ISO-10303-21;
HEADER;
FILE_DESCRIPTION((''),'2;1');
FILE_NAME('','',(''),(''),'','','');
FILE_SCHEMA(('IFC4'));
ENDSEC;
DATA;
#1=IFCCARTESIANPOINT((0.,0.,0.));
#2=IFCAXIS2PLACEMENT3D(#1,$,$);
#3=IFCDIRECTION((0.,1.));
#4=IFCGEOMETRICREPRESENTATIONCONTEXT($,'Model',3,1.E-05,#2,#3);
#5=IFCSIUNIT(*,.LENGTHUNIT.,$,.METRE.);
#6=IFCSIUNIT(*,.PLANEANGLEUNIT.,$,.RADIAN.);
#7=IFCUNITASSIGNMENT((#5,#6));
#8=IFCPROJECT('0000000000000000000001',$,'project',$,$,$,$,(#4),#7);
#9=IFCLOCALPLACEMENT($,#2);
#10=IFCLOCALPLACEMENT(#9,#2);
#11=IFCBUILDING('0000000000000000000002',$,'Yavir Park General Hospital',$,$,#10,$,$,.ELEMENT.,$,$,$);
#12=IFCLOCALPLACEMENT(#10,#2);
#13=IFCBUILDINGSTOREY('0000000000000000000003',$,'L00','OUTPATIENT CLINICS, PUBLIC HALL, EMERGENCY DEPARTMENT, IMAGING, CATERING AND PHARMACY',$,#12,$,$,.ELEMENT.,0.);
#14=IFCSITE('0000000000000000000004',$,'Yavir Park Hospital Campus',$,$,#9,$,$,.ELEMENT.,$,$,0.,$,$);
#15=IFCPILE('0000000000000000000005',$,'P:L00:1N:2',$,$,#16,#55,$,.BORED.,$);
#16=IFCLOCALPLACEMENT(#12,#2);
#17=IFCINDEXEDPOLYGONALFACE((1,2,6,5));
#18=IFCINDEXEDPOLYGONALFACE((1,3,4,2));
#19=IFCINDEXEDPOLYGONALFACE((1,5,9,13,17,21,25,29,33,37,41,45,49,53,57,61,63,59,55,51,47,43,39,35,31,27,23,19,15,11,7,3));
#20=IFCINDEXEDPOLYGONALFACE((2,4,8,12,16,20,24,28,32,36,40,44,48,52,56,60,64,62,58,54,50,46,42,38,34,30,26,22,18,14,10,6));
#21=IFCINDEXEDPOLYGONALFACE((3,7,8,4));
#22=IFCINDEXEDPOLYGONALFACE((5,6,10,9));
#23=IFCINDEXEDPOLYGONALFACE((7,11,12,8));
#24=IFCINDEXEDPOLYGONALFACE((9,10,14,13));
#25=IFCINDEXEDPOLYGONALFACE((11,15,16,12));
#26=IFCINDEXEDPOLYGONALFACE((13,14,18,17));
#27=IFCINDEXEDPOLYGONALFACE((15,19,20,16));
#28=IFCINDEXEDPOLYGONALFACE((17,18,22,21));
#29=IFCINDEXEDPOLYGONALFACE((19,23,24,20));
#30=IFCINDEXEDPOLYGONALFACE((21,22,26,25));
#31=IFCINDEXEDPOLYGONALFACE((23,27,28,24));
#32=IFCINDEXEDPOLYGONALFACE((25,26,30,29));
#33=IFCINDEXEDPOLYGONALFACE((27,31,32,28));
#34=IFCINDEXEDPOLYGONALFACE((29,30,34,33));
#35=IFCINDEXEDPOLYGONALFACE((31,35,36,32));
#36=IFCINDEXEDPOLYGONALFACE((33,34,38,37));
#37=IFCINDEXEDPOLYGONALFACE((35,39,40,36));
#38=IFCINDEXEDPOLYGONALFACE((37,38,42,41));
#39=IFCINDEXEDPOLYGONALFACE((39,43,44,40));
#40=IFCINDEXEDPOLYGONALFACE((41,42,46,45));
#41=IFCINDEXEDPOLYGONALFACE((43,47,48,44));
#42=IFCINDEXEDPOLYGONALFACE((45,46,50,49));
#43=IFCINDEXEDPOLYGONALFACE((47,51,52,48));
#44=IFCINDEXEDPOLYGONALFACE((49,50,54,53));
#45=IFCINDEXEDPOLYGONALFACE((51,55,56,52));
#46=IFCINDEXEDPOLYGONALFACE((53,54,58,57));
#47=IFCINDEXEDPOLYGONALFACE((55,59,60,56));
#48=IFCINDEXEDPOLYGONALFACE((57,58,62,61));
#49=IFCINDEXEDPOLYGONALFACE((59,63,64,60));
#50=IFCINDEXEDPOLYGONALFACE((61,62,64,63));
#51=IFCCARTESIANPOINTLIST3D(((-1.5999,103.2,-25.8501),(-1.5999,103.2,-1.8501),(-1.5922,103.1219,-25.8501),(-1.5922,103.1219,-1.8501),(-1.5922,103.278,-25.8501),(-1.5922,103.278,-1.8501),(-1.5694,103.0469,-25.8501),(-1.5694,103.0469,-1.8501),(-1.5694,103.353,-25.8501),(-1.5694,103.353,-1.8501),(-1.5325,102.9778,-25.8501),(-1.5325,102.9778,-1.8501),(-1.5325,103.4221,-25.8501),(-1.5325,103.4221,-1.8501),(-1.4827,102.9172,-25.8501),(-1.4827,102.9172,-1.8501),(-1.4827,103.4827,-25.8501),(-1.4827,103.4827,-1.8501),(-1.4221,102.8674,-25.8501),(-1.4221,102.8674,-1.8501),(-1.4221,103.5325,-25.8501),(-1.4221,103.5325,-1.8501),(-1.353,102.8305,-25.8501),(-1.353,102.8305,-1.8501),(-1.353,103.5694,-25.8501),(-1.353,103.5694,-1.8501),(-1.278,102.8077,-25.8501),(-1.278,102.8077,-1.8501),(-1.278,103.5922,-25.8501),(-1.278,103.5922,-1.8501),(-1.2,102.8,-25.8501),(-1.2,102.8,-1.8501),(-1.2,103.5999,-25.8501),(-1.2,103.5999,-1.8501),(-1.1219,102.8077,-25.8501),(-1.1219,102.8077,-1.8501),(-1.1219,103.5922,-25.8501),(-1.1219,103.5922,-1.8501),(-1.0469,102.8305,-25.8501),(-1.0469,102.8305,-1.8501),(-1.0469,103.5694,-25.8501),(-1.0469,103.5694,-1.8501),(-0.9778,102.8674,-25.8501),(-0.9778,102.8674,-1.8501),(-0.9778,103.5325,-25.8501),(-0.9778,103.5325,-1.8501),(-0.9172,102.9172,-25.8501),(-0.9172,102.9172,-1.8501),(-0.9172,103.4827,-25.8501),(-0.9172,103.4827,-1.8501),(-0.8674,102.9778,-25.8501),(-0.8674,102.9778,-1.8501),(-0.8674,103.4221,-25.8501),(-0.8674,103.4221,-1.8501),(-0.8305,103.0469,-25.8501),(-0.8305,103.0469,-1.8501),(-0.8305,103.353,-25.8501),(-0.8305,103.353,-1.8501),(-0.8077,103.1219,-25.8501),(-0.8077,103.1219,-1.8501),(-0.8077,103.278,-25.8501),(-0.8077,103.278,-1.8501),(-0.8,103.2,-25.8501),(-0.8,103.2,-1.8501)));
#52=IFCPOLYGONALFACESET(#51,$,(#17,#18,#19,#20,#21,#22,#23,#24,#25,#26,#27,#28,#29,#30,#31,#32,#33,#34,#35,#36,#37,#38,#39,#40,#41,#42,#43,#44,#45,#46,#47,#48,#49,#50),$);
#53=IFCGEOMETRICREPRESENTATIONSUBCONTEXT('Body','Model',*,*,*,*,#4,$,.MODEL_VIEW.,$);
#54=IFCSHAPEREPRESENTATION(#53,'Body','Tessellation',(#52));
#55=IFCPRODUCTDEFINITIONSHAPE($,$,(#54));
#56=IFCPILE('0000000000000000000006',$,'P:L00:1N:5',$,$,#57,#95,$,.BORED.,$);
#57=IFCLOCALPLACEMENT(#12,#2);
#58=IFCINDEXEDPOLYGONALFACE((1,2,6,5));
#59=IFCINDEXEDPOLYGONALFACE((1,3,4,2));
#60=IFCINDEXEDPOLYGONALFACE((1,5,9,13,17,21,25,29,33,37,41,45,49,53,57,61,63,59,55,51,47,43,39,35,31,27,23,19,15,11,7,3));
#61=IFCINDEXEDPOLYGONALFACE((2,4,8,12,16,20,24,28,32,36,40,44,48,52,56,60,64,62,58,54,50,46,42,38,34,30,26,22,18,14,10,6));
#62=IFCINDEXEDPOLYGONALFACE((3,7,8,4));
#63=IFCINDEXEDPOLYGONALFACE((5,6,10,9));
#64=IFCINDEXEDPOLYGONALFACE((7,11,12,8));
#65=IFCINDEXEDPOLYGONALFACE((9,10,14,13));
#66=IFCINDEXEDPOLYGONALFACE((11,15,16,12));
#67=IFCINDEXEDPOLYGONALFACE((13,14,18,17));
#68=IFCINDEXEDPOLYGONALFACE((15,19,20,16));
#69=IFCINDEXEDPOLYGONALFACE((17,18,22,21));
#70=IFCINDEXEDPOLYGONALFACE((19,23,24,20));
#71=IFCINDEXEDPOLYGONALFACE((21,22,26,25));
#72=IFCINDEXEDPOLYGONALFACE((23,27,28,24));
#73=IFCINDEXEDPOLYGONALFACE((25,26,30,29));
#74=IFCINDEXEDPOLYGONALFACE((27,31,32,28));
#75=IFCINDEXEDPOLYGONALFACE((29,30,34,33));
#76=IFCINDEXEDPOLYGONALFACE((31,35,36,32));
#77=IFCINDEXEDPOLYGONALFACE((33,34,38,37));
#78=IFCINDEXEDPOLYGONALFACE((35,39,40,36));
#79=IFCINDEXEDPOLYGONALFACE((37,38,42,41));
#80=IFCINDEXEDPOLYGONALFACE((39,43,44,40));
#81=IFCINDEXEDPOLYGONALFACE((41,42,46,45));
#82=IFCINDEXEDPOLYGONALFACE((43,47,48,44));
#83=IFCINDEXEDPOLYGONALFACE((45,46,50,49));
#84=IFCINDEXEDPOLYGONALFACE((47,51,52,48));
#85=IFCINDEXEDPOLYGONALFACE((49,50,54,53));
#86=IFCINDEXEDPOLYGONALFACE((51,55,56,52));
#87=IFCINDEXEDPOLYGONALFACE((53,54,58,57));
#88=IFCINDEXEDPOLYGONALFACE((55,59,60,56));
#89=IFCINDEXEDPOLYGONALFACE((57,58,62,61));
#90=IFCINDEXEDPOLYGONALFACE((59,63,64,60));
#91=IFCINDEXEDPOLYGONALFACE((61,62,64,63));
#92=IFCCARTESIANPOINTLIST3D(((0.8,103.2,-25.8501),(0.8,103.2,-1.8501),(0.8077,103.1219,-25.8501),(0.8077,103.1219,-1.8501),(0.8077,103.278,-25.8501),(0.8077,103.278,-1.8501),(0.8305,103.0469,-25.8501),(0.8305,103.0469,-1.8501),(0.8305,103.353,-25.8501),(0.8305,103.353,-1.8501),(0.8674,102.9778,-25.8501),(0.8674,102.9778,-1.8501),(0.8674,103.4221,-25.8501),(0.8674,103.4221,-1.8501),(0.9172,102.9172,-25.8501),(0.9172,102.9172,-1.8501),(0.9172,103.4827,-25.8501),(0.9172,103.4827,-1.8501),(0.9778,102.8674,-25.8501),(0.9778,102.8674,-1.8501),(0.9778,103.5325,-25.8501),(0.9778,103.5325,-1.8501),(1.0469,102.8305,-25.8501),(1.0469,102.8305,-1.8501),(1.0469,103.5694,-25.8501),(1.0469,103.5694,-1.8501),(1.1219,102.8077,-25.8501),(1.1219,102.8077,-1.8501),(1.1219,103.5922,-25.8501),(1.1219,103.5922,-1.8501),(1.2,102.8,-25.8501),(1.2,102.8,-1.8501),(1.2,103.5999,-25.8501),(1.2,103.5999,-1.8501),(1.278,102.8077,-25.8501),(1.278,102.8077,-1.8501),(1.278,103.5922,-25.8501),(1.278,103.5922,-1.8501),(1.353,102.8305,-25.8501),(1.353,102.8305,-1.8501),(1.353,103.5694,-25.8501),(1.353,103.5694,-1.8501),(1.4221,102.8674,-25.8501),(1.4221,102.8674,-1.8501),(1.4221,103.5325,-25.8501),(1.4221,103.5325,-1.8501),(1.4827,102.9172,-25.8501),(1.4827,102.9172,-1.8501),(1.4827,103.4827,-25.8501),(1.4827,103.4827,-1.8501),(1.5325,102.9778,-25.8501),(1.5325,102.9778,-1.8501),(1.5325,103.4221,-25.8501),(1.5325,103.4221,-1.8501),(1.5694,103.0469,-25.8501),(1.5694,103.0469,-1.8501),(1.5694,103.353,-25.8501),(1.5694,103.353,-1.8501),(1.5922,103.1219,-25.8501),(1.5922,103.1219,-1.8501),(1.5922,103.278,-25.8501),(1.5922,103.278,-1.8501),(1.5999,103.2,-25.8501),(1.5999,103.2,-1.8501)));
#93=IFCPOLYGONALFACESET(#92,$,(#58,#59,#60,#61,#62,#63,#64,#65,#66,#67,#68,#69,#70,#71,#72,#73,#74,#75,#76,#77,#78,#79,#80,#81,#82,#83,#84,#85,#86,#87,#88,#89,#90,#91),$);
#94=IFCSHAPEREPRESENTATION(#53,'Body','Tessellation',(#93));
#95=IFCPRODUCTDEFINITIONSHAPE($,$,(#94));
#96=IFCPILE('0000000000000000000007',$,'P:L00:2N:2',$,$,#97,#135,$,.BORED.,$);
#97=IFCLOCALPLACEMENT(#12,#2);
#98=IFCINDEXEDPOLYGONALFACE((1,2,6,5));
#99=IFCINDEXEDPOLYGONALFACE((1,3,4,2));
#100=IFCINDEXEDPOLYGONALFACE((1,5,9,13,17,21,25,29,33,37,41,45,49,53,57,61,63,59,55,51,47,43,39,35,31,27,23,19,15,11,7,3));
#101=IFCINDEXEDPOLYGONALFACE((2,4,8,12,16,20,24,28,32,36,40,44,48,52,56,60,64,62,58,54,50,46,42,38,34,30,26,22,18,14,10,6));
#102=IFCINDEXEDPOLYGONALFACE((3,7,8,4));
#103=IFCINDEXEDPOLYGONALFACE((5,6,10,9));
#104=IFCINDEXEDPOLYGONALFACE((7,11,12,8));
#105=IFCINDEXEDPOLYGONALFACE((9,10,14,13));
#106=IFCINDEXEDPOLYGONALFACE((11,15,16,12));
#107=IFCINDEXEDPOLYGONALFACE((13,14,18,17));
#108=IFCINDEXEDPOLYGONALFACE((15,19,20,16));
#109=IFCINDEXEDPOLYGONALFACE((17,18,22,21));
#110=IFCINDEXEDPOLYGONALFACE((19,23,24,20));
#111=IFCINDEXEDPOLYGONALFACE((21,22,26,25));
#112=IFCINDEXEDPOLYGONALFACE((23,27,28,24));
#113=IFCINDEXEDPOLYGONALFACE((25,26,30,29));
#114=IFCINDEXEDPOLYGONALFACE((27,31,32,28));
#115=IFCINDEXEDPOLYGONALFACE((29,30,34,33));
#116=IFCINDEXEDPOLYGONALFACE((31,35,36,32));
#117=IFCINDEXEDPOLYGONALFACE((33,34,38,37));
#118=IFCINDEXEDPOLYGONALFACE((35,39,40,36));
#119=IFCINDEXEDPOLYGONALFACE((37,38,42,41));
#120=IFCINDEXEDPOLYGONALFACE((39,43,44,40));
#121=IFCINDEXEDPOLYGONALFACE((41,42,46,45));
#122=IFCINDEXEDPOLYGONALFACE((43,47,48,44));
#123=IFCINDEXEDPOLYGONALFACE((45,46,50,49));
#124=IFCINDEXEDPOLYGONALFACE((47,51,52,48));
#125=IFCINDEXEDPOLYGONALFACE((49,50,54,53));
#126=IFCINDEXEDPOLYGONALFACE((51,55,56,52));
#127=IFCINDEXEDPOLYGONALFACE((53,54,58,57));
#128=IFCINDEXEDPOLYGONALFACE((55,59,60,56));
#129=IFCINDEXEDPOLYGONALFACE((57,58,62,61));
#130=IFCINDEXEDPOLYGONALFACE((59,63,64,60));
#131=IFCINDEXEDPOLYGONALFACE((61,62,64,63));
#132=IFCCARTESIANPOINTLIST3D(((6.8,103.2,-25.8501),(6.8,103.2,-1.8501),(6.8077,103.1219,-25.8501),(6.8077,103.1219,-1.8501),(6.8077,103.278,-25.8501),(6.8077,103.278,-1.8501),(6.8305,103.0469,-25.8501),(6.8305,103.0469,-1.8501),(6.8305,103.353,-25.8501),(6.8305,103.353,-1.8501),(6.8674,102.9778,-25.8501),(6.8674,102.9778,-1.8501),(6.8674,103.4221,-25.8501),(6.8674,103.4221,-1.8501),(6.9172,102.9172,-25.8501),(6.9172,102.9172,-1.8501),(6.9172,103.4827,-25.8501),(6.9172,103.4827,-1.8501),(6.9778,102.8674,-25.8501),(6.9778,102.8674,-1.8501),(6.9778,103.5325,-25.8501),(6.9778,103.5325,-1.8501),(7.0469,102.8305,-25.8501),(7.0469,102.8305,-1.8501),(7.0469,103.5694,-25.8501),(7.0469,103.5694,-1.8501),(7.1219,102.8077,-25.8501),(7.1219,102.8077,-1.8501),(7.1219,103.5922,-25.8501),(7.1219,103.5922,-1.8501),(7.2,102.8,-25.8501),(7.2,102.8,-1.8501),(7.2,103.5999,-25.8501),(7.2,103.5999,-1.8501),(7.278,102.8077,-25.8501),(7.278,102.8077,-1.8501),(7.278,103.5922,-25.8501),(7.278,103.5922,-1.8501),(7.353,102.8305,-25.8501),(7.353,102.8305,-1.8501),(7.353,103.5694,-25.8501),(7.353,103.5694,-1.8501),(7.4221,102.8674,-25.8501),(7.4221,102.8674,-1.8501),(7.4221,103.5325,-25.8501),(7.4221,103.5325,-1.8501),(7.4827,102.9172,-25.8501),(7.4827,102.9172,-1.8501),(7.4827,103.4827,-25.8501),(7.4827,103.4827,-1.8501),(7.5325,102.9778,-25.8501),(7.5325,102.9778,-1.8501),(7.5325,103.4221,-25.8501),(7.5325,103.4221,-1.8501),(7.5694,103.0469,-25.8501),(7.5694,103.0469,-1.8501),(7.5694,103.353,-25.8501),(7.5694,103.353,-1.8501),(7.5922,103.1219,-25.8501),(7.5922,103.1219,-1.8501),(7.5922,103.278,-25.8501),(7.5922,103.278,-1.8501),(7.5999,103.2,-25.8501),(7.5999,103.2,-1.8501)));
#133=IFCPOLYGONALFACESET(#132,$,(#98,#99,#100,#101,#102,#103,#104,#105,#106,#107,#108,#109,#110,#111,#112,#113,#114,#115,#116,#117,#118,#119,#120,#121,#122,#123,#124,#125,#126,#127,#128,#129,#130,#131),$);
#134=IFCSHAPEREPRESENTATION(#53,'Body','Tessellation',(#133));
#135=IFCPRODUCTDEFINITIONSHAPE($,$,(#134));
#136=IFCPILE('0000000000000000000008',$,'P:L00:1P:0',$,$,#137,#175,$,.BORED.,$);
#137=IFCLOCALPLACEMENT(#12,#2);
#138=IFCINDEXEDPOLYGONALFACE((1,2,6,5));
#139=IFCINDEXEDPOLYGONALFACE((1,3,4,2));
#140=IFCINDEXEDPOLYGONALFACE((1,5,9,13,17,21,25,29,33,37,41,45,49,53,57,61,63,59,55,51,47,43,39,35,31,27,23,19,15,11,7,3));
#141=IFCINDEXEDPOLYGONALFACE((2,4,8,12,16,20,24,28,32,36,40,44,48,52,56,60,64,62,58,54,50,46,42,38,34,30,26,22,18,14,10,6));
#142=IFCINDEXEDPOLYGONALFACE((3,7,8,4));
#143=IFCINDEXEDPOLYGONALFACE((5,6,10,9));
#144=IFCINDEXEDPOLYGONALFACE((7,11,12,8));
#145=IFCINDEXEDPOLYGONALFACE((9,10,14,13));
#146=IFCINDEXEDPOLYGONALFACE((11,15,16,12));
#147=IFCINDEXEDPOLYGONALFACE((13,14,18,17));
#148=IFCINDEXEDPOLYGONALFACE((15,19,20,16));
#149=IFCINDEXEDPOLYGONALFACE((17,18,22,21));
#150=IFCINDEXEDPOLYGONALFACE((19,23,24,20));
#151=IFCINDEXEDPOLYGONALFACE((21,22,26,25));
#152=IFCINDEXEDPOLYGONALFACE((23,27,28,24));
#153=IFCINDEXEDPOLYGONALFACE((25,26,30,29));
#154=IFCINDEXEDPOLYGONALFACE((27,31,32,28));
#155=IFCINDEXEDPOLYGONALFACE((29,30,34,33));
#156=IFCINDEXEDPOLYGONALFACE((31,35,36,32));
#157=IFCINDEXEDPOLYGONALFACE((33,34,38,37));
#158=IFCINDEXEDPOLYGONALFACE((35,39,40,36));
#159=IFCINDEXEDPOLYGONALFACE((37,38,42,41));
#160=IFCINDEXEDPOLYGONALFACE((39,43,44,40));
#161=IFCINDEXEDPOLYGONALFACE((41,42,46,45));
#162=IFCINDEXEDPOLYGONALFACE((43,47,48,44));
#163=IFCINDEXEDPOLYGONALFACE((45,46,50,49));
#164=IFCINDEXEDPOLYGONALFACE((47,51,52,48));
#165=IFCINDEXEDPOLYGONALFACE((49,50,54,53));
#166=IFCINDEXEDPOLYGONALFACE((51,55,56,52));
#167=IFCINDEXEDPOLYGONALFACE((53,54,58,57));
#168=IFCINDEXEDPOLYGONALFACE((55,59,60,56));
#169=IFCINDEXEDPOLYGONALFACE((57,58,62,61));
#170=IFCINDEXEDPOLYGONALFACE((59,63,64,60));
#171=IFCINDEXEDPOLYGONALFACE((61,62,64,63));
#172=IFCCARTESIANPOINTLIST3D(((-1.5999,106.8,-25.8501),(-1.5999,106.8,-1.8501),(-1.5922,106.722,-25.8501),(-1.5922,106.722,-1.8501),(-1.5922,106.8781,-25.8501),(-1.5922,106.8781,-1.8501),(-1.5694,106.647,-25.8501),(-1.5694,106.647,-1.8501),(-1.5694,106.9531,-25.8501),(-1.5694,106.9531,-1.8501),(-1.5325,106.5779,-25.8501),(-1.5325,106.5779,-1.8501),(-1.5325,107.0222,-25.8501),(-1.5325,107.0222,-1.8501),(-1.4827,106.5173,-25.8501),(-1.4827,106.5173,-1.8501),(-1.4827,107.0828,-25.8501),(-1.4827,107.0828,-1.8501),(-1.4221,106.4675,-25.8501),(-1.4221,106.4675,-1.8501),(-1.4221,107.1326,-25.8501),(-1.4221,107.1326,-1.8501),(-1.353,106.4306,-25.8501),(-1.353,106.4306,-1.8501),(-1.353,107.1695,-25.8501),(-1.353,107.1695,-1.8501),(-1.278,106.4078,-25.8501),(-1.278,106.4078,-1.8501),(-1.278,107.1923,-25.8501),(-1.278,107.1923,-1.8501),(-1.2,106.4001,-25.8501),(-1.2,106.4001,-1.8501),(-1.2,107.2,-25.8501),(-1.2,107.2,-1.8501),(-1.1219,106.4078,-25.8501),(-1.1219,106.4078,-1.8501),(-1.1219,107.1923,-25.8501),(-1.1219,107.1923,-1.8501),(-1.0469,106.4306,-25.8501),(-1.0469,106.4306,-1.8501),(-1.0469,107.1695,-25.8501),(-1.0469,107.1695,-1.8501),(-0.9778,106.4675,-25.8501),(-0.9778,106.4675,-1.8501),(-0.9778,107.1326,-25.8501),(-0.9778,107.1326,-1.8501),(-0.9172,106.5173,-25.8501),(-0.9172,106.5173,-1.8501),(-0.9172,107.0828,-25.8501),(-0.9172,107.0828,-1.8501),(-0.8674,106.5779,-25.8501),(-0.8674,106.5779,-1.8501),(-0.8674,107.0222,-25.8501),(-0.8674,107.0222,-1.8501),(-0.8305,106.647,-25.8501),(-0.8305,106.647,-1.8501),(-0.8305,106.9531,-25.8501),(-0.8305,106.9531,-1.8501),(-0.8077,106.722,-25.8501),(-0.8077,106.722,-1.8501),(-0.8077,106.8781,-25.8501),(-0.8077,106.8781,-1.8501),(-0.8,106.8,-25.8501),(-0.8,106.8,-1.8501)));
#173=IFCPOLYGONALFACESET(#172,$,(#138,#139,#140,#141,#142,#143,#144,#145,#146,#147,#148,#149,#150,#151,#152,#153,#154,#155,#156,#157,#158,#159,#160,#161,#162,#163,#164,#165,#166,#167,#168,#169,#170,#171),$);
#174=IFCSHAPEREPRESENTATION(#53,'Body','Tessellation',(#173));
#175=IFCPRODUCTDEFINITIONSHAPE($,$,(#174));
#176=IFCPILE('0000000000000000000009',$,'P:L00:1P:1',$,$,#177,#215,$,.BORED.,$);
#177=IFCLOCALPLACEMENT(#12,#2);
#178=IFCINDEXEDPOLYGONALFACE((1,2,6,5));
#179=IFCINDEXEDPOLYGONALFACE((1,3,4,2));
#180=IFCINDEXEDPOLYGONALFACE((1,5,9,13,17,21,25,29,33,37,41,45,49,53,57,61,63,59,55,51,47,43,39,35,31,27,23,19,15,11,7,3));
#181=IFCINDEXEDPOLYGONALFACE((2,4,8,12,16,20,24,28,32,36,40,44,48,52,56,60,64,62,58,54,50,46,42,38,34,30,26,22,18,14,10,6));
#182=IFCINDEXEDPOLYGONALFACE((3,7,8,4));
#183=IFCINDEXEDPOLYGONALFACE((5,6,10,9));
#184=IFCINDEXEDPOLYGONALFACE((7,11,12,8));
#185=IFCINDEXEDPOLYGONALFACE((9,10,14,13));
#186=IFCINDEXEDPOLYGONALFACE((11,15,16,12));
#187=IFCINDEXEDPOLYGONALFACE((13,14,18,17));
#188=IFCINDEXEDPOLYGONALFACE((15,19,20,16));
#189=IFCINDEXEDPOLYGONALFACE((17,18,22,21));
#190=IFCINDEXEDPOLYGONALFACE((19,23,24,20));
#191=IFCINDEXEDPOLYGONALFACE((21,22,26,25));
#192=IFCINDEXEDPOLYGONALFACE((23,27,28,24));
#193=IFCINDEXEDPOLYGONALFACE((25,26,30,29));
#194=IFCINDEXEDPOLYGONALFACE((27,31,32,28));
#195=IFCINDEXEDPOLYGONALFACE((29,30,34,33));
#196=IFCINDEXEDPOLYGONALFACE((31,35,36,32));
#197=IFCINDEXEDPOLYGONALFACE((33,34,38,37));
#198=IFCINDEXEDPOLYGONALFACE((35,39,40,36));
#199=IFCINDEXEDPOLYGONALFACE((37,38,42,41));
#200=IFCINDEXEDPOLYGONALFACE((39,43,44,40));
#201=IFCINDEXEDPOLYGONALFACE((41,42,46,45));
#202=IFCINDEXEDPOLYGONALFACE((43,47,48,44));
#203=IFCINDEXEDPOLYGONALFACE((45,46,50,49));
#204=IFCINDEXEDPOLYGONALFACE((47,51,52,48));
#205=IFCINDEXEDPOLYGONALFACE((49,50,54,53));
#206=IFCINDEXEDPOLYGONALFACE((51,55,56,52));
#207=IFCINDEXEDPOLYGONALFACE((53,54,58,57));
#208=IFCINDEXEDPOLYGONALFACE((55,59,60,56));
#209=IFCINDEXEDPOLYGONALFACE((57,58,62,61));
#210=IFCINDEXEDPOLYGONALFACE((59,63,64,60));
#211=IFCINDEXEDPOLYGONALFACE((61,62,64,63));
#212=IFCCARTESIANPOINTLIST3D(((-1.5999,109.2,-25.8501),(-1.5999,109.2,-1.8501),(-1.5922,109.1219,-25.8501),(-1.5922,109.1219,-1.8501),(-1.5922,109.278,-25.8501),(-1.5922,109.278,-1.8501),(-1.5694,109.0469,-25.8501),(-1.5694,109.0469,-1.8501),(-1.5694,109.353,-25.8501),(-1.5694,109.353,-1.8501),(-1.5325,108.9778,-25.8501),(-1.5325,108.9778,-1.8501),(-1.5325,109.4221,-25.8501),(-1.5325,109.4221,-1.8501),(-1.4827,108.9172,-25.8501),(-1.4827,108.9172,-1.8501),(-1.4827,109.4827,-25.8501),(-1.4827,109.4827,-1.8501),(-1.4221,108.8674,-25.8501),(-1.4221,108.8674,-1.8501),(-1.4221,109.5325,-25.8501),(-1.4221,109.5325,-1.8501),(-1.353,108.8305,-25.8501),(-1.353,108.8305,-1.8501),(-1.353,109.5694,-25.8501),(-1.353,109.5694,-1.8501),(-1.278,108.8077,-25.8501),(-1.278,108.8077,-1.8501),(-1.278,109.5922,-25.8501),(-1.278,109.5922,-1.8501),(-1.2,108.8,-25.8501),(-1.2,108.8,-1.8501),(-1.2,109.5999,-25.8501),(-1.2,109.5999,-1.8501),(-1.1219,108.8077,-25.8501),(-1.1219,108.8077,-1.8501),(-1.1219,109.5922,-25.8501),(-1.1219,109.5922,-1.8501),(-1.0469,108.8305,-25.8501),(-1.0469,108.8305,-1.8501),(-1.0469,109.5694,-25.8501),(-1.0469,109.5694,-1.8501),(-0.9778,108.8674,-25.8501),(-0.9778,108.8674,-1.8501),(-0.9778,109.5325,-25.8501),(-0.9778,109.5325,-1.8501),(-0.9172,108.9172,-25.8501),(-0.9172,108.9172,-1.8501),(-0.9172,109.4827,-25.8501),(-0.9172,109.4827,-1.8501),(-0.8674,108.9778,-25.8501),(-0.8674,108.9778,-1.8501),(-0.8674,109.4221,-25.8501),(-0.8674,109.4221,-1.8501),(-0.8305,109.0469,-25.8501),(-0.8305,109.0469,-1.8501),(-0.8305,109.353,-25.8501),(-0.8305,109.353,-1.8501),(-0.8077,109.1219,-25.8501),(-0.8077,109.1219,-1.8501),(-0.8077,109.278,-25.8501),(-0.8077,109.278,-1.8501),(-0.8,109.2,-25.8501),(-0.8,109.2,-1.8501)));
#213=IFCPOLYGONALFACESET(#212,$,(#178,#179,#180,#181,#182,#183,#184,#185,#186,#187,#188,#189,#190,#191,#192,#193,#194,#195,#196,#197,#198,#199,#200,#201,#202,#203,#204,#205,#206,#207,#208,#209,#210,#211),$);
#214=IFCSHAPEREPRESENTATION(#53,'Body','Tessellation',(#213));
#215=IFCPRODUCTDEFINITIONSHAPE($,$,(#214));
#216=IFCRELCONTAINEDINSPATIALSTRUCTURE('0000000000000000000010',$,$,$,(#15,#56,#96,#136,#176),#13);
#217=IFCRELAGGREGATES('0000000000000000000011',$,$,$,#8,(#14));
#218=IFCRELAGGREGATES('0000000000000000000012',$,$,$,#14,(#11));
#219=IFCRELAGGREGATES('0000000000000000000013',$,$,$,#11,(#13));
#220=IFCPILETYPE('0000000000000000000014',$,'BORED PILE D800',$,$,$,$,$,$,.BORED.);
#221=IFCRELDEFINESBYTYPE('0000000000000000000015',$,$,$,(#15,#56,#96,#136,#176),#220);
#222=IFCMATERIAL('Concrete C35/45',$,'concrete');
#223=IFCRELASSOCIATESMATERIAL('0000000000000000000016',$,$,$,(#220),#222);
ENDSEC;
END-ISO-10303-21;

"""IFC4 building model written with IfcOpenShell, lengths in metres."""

from ifc_helpers import new_model, si_unit, direction, frame, origin, origin_2d, place, context, subcontext, project, spatial, circle, extrude, material, material_profile, profile_set, type_object, element, save


model = new_model("IFC4")

# Units and contexts
model_context = context("Model", 3, precision=1e-05, world=origin(), true_north=direction((0.0, 1.0)))
body_context = subcontext(model_context, "Body", "Model", "MODEL_VIEW")
ifc_project = project(units=[si_unit("LENGTHUNIT", "METRE"), si_unit("PLANEANGLEUNIT", "RADIAN")], contexts=[model_context])

# Site, building, storey
site_placement = place(None, origin())
site = spatial("IfcSite", under=ifc_project, at=site_placement, Name="Yavir Park Hospital Campus", CompositionType="ELEMENT", RefElevation=0.0)
building_placement = place(site_placement, origin())
building = spatial("IfcBuilding", under=site, at=building_placement, Name="Yavir Park General Hospital", CompositionType="ELEMENT")
storey_placement = place(building_placement, origin())
storey = spatial("IfcBuildingStorey", under=building, at=storey_placement, Name="L00", Description="OUTPATIENT CLINICS, PUBLIC HALL, EMERGENCY DEPARTMENT, IMAGING, CATERING AND PHARMACY", CompositionType="ELEMENT", Elevation=0.0)

# Piles
ifc_material_1 = material(Name="Concrete C35/45", Category="concrete")
ifc_material_profile_1 = material_profile(ifc_material_1, circle(Radius=0.3999, at=origin_2d()), Name="D800")
ifc_profile_set_1 = profile_set([ifc_material_profile_1], Name="Concrete C35/45")
pile_type = type_object("IfcPileType", Name="BORED PILE D800", PredefinedType="BORED", material=ifc_profile_set_1)
for number, where, z_axis, x_axis, name in (
    (1, (-1.2, 103.2, -1.8501), (0.0, 0.0, -1.0), (1.0, 0.0, 0.0), "P:L00:1N:2"),
    (2, (1.2, 103.2, -1.8501), (0.0, 0.0, -1.0), (1.0, 0.0, 0.0), "P:L00:1N:5"),
    (3, (7.2, 103.2, -1.8501), (0.0, 0.0, -1.0), (1.0, 0.0, 0.0), "P:L00:2N:2"),
    (4, (-1.2, 106.8, -1.8501), (0.0, 0.0, -1.0), (1.0, 0.0, 0.0), "P:L00:1P:0"),
    (5, (-1.2, 109.2, -1.8501), (0.0, 0.0, -1.0), (1.0, 0.0, 0.0), "P:L00:1P:1"),
):
    element("IfcPile", number, at=place(storey_placement, frame(where, z_axis=z_axis, x_axis=x_axis)), inside=storey, type_object=pile_type, Name=name, PredefinedType="BORED", context=body_context, shape_type="SweptSolid", body=[
        extrude(circle(Radius=0.3999, at=origin_2d()), origin(), (0.0, 0.0, 1.0), 24.0),
    ])

save(model, "model.ifc")
